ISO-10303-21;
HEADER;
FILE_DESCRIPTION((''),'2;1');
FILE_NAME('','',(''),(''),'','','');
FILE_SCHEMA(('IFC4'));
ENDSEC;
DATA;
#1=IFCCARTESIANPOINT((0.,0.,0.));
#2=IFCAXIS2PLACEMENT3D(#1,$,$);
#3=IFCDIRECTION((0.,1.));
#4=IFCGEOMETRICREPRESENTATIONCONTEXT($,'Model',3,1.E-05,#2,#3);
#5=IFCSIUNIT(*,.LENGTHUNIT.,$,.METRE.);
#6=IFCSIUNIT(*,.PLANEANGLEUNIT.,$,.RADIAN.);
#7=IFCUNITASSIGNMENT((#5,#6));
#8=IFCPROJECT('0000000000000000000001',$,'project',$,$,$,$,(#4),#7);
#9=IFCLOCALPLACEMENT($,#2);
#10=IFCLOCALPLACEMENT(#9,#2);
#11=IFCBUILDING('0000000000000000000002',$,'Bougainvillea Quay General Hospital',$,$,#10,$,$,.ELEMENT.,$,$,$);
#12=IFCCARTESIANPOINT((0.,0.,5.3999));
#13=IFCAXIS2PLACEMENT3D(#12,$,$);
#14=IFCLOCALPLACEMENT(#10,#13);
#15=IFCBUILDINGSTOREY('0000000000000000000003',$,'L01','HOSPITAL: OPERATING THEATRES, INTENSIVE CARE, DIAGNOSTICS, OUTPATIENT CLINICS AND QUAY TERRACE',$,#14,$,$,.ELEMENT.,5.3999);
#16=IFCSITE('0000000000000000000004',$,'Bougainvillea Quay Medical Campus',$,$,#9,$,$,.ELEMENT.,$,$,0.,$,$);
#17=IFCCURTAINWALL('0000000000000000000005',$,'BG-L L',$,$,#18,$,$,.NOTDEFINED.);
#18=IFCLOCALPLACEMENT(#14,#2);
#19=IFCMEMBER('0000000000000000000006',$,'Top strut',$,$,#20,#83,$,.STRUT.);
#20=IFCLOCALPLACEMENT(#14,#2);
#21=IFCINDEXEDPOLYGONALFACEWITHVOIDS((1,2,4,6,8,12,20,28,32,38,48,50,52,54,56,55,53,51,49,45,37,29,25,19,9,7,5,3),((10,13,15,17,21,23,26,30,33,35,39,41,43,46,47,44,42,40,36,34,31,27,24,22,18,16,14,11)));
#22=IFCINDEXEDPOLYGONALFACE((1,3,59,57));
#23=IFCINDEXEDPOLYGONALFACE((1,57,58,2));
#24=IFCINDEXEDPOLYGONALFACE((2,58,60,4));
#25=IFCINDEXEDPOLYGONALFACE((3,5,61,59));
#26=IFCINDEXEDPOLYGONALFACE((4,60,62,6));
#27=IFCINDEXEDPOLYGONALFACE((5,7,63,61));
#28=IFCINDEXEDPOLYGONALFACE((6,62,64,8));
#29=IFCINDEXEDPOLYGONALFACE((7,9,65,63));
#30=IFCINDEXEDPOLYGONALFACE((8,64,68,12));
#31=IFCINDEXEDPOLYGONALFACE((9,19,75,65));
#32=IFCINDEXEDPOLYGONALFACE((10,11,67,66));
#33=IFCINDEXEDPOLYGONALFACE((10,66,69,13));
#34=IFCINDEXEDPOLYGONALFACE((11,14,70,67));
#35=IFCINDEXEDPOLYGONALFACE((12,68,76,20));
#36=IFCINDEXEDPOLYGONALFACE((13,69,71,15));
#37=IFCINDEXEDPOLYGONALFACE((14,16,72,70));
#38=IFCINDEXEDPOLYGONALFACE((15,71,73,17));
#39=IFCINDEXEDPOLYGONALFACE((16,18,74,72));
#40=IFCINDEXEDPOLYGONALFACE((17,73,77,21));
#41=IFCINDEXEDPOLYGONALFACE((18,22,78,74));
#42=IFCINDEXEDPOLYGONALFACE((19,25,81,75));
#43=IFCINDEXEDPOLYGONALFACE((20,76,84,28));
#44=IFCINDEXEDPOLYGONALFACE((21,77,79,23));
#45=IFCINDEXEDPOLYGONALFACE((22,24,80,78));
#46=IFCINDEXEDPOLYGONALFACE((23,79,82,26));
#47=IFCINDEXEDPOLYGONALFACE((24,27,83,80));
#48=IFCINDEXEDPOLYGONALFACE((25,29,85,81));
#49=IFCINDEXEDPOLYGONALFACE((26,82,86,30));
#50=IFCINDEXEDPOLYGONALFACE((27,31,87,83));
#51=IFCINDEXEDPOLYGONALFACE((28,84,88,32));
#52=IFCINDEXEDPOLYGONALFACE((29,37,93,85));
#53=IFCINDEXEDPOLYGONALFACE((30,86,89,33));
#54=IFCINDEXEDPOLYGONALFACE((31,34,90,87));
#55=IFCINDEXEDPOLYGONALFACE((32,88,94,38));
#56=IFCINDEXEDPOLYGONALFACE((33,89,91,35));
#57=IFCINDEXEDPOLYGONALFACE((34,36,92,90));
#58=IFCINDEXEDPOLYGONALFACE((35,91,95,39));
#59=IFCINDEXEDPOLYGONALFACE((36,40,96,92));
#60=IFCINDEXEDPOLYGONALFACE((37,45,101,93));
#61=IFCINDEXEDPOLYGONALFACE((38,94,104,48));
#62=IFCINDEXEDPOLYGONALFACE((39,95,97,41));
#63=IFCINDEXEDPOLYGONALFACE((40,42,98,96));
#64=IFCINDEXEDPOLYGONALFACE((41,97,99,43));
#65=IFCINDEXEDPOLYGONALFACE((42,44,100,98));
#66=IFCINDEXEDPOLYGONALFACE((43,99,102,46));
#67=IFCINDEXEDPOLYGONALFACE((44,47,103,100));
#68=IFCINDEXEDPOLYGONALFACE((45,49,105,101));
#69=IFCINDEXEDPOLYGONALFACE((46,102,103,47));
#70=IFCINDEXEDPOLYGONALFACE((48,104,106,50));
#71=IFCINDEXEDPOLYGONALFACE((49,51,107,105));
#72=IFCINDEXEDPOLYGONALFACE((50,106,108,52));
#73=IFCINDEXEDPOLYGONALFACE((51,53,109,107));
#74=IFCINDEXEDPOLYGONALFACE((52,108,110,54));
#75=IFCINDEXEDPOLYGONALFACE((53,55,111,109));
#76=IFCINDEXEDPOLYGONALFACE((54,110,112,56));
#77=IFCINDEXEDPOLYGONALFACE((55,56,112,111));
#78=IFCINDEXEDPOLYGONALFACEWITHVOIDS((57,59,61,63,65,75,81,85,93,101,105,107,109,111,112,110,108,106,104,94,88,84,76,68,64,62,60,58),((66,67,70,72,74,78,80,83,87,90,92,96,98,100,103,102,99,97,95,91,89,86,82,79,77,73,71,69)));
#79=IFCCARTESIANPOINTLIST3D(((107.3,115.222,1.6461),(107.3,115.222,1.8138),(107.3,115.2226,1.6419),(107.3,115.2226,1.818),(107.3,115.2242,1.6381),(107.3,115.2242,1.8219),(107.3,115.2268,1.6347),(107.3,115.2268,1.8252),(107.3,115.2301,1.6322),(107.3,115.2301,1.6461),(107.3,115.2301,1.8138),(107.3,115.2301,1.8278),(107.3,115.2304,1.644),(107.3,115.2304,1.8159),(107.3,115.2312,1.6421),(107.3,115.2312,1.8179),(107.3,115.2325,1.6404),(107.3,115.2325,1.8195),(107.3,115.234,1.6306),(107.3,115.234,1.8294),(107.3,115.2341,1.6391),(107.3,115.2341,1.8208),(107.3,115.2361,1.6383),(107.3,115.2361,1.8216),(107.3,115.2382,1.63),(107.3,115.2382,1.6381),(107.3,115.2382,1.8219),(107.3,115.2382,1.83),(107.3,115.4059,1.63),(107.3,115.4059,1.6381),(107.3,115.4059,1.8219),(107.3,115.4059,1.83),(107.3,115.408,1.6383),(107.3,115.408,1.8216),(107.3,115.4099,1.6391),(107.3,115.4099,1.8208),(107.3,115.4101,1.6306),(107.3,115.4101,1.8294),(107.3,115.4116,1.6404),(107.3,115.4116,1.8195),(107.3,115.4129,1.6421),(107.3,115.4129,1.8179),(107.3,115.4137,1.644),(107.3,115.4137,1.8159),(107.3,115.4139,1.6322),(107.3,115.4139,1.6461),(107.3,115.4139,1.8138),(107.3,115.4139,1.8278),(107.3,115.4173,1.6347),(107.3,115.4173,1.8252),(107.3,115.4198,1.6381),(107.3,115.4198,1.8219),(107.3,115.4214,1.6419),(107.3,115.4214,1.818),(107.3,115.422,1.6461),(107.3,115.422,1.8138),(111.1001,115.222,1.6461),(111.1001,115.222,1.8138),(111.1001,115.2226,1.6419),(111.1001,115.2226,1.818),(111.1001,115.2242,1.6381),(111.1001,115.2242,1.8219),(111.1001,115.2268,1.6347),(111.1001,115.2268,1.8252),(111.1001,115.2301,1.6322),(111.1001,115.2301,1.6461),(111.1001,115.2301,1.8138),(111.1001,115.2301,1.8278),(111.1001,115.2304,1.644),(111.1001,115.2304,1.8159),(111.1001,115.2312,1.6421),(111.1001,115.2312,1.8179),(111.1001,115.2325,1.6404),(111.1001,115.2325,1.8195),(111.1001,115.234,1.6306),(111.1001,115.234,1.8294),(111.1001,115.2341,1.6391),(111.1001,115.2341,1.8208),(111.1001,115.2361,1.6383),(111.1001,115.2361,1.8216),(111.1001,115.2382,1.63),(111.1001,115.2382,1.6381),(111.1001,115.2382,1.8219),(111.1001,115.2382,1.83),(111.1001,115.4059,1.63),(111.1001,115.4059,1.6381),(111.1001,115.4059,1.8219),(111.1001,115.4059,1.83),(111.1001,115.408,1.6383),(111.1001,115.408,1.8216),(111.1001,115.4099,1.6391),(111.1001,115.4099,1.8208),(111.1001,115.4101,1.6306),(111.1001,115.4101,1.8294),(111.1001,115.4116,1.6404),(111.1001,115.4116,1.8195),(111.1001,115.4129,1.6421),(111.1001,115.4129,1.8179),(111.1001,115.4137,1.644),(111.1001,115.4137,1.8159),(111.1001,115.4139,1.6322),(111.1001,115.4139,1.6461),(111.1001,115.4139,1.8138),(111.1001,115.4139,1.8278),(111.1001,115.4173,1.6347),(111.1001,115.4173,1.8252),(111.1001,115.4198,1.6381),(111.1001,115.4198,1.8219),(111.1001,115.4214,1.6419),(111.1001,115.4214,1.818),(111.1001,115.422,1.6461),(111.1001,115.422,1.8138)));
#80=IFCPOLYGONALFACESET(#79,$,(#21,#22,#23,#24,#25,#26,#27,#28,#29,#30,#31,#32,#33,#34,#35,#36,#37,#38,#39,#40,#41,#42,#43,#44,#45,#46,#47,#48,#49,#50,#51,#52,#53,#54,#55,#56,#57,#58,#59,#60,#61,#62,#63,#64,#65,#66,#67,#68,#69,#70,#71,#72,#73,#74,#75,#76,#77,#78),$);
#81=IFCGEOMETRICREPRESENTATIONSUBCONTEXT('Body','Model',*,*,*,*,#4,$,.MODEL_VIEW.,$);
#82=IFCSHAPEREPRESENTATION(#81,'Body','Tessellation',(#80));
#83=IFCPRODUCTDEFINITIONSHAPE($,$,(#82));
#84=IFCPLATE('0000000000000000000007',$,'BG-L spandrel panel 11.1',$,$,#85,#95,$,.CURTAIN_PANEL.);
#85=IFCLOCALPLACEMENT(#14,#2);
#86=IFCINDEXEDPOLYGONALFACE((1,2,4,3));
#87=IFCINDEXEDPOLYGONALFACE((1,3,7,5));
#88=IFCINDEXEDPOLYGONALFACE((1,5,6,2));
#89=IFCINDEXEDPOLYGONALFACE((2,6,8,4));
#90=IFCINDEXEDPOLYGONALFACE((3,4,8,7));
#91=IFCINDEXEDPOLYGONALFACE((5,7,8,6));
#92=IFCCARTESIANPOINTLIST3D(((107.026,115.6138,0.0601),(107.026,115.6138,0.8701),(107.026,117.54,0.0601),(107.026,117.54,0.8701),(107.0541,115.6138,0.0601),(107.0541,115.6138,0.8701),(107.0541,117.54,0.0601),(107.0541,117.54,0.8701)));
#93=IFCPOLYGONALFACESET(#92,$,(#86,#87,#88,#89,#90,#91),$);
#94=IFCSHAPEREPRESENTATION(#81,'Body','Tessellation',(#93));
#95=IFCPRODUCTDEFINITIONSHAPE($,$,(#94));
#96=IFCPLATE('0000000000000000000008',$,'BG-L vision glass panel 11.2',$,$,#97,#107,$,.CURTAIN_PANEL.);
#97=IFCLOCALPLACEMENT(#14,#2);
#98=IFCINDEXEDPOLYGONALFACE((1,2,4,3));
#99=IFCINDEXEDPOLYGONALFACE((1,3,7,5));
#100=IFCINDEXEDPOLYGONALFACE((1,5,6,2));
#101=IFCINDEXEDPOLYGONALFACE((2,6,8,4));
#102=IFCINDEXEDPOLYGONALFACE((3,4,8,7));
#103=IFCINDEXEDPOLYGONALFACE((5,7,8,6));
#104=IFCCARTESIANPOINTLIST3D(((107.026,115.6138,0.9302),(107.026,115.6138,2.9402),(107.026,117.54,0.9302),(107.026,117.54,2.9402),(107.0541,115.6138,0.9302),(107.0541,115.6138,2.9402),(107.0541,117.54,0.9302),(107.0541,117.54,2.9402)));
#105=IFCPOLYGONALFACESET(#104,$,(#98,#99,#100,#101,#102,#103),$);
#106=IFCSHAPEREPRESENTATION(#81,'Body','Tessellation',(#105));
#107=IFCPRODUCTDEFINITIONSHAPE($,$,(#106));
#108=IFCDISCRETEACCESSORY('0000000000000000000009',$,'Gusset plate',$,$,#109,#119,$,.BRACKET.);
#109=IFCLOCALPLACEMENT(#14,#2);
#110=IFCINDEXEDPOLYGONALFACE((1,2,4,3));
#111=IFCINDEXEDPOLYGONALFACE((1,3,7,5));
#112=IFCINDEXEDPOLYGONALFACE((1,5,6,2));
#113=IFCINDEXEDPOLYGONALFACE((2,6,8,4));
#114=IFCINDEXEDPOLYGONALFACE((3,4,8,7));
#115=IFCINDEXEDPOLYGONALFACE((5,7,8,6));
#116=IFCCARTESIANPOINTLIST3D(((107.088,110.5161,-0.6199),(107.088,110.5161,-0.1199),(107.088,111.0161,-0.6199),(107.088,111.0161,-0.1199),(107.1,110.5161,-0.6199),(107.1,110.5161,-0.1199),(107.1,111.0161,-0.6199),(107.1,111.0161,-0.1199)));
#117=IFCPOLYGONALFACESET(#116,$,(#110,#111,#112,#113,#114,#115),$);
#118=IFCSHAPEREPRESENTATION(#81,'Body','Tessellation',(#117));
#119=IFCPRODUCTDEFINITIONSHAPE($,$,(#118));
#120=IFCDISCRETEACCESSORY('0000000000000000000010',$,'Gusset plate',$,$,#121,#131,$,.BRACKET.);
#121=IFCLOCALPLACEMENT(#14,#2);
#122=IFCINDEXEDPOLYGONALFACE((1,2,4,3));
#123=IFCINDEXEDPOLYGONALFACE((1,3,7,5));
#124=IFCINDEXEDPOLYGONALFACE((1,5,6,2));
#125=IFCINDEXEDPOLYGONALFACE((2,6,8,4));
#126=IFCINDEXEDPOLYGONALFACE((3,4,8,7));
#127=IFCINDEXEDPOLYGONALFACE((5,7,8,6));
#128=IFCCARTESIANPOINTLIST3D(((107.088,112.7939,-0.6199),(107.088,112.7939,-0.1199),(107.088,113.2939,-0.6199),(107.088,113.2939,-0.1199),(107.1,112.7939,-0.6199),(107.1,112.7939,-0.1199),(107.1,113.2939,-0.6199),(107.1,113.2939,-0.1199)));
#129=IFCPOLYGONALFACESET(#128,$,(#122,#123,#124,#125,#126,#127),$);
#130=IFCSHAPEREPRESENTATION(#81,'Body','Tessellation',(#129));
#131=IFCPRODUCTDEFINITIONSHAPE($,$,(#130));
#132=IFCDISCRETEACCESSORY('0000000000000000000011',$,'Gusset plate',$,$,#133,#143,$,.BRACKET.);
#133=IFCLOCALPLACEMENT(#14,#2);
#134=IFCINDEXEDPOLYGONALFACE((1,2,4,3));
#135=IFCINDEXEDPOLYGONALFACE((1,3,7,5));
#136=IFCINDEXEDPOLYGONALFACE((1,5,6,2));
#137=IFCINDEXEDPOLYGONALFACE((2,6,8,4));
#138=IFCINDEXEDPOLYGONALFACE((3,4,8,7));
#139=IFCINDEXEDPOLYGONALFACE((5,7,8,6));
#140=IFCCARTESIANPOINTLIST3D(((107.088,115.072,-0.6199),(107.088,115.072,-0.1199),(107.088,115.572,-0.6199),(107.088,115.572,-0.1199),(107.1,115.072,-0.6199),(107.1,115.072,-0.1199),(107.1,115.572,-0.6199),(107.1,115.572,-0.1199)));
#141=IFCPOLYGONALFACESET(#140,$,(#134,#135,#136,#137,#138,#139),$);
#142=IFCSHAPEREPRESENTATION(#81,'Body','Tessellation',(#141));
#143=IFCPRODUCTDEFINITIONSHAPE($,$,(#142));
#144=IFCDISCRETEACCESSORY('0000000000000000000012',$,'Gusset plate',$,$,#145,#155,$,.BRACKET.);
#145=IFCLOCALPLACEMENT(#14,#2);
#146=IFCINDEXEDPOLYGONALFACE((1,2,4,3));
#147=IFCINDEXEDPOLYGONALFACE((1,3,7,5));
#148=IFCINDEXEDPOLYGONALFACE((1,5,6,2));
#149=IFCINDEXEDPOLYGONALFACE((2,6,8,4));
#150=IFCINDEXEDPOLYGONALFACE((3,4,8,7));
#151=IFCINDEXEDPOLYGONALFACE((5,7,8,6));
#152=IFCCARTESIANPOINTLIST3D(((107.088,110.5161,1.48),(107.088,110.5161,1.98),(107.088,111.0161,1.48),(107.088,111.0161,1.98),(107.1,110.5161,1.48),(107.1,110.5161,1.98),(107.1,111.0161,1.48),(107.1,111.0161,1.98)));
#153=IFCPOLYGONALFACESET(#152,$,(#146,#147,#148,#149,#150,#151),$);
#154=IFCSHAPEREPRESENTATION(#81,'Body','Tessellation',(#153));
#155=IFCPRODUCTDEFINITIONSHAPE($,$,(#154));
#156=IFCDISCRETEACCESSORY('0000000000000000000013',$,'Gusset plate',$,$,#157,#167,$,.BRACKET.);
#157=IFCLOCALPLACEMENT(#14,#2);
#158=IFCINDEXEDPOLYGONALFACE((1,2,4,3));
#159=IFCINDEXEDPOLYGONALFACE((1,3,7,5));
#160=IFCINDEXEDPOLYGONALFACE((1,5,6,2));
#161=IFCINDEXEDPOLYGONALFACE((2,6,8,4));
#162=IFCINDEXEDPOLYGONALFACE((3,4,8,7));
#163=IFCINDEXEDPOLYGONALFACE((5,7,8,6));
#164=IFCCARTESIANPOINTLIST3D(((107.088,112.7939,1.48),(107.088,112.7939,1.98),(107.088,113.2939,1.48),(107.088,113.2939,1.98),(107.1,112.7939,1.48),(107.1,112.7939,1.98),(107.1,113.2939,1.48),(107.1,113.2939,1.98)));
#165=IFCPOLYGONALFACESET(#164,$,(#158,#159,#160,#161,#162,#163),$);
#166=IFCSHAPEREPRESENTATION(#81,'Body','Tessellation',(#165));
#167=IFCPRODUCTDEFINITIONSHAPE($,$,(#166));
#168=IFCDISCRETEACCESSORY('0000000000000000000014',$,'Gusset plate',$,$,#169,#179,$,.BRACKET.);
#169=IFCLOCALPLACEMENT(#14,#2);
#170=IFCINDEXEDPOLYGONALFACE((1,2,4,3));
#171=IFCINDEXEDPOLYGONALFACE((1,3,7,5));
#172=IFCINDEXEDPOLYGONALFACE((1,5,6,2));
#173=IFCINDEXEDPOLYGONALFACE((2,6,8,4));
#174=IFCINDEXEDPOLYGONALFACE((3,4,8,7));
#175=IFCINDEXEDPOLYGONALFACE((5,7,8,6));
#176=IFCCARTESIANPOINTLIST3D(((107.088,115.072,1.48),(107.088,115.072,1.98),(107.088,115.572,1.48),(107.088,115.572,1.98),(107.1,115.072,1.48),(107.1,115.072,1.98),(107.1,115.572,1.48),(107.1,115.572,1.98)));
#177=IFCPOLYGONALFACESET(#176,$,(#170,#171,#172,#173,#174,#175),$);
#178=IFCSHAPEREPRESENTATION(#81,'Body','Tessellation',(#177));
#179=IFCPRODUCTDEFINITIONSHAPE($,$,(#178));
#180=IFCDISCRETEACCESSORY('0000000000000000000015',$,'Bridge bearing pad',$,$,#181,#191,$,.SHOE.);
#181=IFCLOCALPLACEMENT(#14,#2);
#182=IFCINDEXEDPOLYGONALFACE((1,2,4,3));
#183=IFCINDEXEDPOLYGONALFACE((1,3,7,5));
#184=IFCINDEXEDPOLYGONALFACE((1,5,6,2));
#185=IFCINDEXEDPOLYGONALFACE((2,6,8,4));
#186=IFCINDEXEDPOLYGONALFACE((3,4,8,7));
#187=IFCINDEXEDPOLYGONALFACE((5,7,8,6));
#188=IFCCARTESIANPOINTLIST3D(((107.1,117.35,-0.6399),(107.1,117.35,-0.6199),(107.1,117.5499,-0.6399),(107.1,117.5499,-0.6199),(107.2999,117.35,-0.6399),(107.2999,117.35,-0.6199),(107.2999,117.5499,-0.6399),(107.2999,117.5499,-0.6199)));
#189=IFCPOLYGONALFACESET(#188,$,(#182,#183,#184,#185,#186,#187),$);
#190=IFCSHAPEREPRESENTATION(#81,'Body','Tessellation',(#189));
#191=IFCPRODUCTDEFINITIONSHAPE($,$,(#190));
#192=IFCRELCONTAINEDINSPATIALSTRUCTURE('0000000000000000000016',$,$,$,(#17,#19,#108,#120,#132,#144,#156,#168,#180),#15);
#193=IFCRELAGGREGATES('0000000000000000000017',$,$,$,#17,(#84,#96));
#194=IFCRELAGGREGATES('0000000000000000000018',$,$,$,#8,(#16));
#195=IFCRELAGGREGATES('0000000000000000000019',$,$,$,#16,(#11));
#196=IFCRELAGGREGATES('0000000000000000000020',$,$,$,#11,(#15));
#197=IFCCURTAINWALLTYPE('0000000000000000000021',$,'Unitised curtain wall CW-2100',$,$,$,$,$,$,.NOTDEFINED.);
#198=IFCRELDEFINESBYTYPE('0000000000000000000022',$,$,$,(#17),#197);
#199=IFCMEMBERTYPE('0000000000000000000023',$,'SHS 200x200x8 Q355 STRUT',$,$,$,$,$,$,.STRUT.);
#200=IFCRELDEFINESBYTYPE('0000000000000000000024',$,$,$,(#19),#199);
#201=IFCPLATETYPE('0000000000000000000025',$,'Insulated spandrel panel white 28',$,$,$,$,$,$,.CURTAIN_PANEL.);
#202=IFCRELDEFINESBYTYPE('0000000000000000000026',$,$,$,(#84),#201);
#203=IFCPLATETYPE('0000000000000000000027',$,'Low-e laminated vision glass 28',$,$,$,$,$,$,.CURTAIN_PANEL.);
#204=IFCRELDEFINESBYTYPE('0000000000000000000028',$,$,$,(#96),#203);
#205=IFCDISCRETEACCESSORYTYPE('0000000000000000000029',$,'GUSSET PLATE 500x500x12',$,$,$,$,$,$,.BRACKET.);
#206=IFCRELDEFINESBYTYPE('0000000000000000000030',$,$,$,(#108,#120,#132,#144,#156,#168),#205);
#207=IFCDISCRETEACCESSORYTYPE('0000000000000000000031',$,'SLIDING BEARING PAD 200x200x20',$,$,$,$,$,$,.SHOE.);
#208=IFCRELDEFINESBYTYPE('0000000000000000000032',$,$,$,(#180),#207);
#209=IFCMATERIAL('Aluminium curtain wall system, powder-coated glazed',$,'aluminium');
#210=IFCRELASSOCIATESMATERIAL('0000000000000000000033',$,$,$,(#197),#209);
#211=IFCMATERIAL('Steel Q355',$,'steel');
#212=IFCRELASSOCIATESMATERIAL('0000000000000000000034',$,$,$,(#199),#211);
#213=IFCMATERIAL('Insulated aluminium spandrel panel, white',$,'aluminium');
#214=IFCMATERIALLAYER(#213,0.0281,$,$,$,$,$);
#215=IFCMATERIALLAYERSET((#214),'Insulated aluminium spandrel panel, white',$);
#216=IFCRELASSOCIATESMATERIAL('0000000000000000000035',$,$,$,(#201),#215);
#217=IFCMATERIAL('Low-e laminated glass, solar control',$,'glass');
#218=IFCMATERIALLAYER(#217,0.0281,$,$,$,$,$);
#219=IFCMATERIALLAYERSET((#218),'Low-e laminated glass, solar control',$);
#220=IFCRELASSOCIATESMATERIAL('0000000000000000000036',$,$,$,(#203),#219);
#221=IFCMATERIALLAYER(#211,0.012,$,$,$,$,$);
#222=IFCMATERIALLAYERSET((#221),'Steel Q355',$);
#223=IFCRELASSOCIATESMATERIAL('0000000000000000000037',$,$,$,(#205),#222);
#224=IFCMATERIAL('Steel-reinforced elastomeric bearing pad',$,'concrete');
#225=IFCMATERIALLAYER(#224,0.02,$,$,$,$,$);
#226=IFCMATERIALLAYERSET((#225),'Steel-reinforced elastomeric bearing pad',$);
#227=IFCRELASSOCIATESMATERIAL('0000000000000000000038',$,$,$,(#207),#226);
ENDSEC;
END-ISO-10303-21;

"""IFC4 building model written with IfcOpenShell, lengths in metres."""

from ifc_helpers import new_model, si_unit, direction, frame, origin, origin_2d, place, context, subcontext, project, spatial, rectangle, hollow_rectangle, extrude, material, layer, layer_set, material_profile, profile_set, type_object, element, aggregate, save


model = new_model("IFC4")

# Units and contexts
model_context = context("Model", 3, precision=1e-05, world=origin(), true_north=direction((0.0, 1.0)))
body_context = subcontext(model_context, "Body", "Model", "MODEL_VIEW")
ifc_project = project(units=[si_unit("LENGTHUNIT", "METRE"), si_unit("PLANEANGLEUNIT", "RADIAN")], contexts=[model_context])

# Site, building, storey
site_placement = place(None, origin())
site = spatial("IfcSite", under=ifc_project, at=site_placement, Name="Bougainvillea Quay Medical Campus", CompositionType="ELEMENT", RefElevation=0.0)
building_placement = place(site_placement, origin())
building = spatial("IfcBuilding", under=site, at=building_placement, Name="Bougainvillea Quay General Hospital", CompositionType="ELEMENT")
storey_placement = place(building_placement, frame((0.0, 0.0, 5.3999)))
storey = spatial("IfcBuildingStorey", under=building, at=storey_placement, Name="L01", Description="HOSPITAL: OPERATING THEATRES, INTENSIVE CARE, DIAGNOSTICS, OUTPATIENT CLINICS AND QUAY TERRACE", CompositionType="ELEMENT", Elevation=5.3999)

# Curtain wall
ifc_material_1 = material(Name="Aluminium curtain wall system, powder-coated glazed", Category="aluminium")
curtain_wall_type = type_object("IfcCurtainWallType", Name="Unitised curtain wall CW-2100", PredefinedType="NOTDEFINED", material=ifc_material_1)
curtain_wall_placement = place(storey_placement, origin())
curtain_wall = element("IfcCurtainWall", 1, at=curtain_wall_placement, inside=storey, type_object=curtain_wall_type, Name="BG-L L", PredefinedType="NOTDEFINED")

# Member
ifc_material_2 = material(Name="Steel Q355", Category="steel")
ifc_material_profile_1 = material_profile(ifc_material_2, hollow_rectangle(XDim=0.2, YDim=0.2, WallThickness=0.0081, InnerFilletRadius=0.0081, OuterFilletRadius=0.0161, at=origin_2d()))
ifc_profile_set_1 = profile_set([ifc_material_profile_1], Name="Steel Q355")
member_type_1 = type_object("IfcMemberType", Name="SHS 200x200x8 Q355 STRUT", PredefinedType="STRUT", material=ifc_profile_set_1)
for number, where, z_axis, x_axis, name in (
    (2, (107.3, 115.322, 1.73), (1.0, 0.0, 0.0), (0.0, 1.0, 0.0), "Top strut"),
):
    element("IfcMember", number, at=place(storey_placement, frame(where, z_axis=z_axis, x_axis=x_axis)), inside=storey, type_object=member_type_1, Name=name, PredefinedType="STRUT", context=body_context, shape_type="SweptSolid", body=[
        extrude(hollow_rectangle(XDim=0.2, YDim=0.2, WallThickness=0.0081, InnerFilletRadius=0.0081, OuterFilletRadius=0.0161, at=origin_2d()), origin(), (0.0, 0.0, 1.0), 3.8),
    ])

# Plates
ifc_material_3 = material(Name="Insulated aluminium spandrel panel, white", Category="aluminium")
ifc_layer_1 = layer(ifc_material_3, 0.0281)
ifc_layer_set_1 = layer_set([ifc_layer_1], Name="Insulated aluminium spandrel panel, white")
plate_type_1 = type_object("IfcPlateType", Name="Insulated spandrel panel white 28", PredefinedType="CURTAIN_PANEL", material=ifc_layer_set_1)
plate_1_placement = place(storey_placement, frame((107.04, 116.5769, 0.0601), z_axis=(0.0, 0.0, 1.0), x_axis=(0.0, 1.0, 0.0)))
plate_1 = element("IfcPlate", 3, at=plate_1_placement, type_object=plate_type_1, Name="BG-L spandrel panel 11.1", PredefinedType="CURTAIN_PANEL", context=body_context, shape_type="SweptSolid", body=[
    extrude(rectangle(XDim=1.9263, YDim=0.0281, at=origin_2d()), origin(), (0.0, 0.0, 1.0), 0.8101),
])
ifc_material_4 = material(Name="Low-e laminated glass, solar control", Category="glass")
ifc_layer_2 = layer(ifc_material_4, 0.0281)
ifc_layer_set_2 = layer_set([ifc_layer_2], Name="Low-e laminated glass, solar control")
plate_type_2 = type_object("IfcPlateType", Name="Low-e laminated vision glass 28", PredefinedType="CURTAIN_PANEL", material=ifc_layer_set_2)
plate_2_placement = place(storey_placement, frame((107.04, 116.5769, 0.9302), z_axis=(0.0, 0.0, 1.0), x_axis=(0.0, 1.0, 0.0)))
plate_2 = element("IfcPlate", 4, at=plate_2_placement, type_object=plate_type_2, Name="BG-L vision glass panel 11.2", PredefinedType="CURTAIN_PANEL", context=body_context, shape_type="SweptSolid", body=[
    extrude(rectangle(XDim=1.9263, YDim=0.0281, at=origin_2d()), origin(), (0.0, 0.0, 1.0), 2.01),
])
aggregate(curtain_wall, [plate_1, plate_2])

# Discrete accessories
ifc_layer_3 = layer(ifc_material_2, 0.012)
ifc_layer_set_3 = layer_set([ifc_layer_3], Name="Steel Q355")
discrete_accessory_type_1 = type_object("IfcDiscreteAccessoryType", Name="GUSSET PLATE 500x500x12", PredefinedType="BRACKET", material=ifc_layer_set_3)
for number, where, z_axis, x_axis, name in (
    (5, (107.094, 110.7661, -0.6199), (0.0, 0.0, 1.0), (0.0, 1.0, 0.0), "Gusset plate"),
    (6, (107.094, 113.0439, -0.6199), (0.0, 0.0, 1.0), (0.0, 1.0, 0.0), "Gusset plate"),
    (7, (107.094, 115.322, -0.6199), (0.0, 0.0, 1.0), (0.0, 1.0, 0.0), "Gusset plate"),
    (8, (107.094, 110.7661, 1.48), (0.0, 0.0, 1.0), (0.0, 1.0, 0.0), "Gusset plate"),
    (9, (107.094, 113.0439, 1.48), (0.0, 0.0, 1.0), (0.0, 1.0, 0.0), "Gusset plate"),
    (10, (107.094, 115.322, 1.48), (0.0, 0.0, 1.0), (0.0, 1.0, 0.0), "Gusset plate"),
):
    element("IfcDiscreteAccessory", number, at=place(storey_placement, frame(where, z_axis=z_axis, x_axis=x_axis)), inside=storey, type_object=discrete_accessory_type_1, Name=name, PredefinedType="BRACKET", context=body_context, shape_type="SweptSolid", body=[
        extrude(rectangle(XDim=0.5, YDim=0.012, at=origin_2d()), origin(), (0.0, 0.0, 1.0), 0.5),
    ])
ifc_material_5 = material(Name="Steel-reinforced elastomeric bearing pad", Category="concrete")
ifc_layer_4 = layer(ifc_material_5, 0.02)
ifc_layer_set_4 = layer_set([ifc_layer_4], Name="Steel-reinforced elastomeric bearing pad")
discrete_accessory_type_2 = type_object("IfcDiscreteAccessoryType", Name="SLIDING BEARING PAD 200x200x20", PredefinedType="SHOE", material=ifc_layer_set_4)
discrete_accessory_placement = place(storey_placement, frame((107.2, 117.45, -0.6399), z_axis=(0.0, 0.0, 1.0), x_axis=(0.0, -1.0, 0.0)))
element("IfcDiscreteAccessory", 11, at=discrete_accessory_placement, inside=storey, type_object=discrete_accessory_type_2, Name="Bridge bearing pad", PredefinedType="SHOE", context=body_context, shape_type="SweptSolid", body=[
    extrude(rectangle(XDim=0.2, YDim=0.2, at=origin_2d()), origin(), (0.0, 0.0, 1.0), 0.02),
])

save(model, "model.ifc")
